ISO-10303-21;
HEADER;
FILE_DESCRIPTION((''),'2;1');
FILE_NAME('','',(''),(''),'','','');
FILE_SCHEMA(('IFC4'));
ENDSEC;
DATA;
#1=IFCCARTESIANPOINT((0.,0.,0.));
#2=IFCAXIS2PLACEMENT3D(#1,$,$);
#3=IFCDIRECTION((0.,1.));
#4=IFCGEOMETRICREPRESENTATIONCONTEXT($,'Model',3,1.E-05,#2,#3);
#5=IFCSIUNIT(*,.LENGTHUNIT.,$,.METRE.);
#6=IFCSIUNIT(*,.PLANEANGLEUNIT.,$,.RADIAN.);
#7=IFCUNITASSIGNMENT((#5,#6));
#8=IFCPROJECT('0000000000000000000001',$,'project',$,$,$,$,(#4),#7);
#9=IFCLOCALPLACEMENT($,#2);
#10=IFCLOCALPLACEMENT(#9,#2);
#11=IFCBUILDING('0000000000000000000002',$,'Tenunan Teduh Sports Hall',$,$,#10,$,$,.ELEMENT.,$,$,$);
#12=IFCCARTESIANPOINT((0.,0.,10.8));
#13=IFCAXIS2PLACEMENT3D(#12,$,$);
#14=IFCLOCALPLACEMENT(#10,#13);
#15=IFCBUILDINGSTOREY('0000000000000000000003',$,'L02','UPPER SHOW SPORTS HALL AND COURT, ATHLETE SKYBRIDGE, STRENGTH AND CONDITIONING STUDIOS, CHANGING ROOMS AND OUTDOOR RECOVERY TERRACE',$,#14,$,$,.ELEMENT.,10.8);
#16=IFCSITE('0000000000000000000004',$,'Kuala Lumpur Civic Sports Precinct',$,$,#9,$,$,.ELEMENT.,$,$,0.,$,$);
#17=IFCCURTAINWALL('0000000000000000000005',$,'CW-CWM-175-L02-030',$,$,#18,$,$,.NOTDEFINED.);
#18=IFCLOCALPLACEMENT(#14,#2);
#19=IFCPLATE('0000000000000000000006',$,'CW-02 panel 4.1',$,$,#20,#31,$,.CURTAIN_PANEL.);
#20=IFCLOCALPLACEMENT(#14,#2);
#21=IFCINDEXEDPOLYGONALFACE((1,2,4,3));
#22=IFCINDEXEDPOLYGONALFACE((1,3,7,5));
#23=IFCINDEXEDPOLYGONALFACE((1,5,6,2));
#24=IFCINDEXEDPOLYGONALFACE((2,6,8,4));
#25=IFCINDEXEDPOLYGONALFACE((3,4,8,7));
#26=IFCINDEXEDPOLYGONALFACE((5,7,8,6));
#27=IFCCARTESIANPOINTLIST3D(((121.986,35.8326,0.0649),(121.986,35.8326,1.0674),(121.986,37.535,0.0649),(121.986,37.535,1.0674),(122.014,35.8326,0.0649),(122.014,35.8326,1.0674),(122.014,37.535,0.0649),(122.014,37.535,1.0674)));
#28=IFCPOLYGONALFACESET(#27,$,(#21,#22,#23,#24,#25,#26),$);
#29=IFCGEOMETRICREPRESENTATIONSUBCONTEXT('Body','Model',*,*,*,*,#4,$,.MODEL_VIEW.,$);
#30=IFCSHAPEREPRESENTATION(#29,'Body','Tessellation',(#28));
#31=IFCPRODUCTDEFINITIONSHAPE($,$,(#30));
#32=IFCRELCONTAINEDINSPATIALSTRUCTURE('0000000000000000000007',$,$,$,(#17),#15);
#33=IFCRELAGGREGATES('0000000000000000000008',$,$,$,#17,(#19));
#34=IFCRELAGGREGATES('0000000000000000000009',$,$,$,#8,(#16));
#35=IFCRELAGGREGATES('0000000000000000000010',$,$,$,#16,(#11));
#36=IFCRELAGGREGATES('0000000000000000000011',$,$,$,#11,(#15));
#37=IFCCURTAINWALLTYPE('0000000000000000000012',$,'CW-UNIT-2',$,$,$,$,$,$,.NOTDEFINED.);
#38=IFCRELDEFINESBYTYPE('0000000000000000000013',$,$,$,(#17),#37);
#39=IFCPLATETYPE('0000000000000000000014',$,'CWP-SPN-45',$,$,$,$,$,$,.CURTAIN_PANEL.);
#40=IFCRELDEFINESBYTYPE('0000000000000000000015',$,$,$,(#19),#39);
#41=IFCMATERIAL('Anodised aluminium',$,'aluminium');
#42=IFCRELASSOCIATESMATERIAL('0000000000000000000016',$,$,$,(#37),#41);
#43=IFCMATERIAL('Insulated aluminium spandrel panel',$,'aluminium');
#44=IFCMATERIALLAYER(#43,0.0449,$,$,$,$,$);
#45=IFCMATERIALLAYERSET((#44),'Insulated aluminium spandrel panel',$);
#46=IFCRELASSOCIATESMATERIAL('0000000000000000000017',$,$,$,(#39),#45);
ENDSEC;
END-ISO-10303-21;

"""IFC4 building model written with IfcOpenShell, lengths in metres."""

from ifc_helpers import new_model, si_unit, direction, frame, origin, origin_2d, place, context, subcontext, project, spatial, rectangle, extrude, material, layer, layer_set, type_object, element, aggregate, save


model = new_model("IFC4")

# Units and contexts
model_context = context("Model", 3, precision=1e-05, world=origin(), true_north=direction((0.0, 1.0)))
body_context = subcontext(model_context, "Body", "Model", "MODEL_VIEW")
ifc_project = project(units=[si_unit("LENGTHUNIT", "METRE"), si_unit("PLANEANGLEUNIT", "RADIAN")], contexts=[model_context])

# Site, building, storey
site_placement = place(None, origin())
site = spatial("IfcSite", under=ifc_project, at=site_placement, Name="Kuala Lumpur Civic Sports Precinct", CompositionType="ELEMENT", RefElevation=0.0)
building_placement = place(site_placement, origin())
building = spatial("IfcBuilding", under=site, at=building_placement, Name="Tenunan Teduh Sports Hall", CompositionType="ELEMENT")
storey_placement = place(building_placement, frame((0.0, 0.0, 10.8)))
storey = spatial("IfcBuildingStorey", under=building, at=storey_placement, Name="L02", Description="UPPER SHOW SPORTS HALL AND COURT, ATHLETE SKYBRIDGE, STRENGTH AND CONDITIONING STUDIOS, CHANGING ROOMS AND OUTDOOR RECOVERY TERRACE", CompositionType="ELEMENT", Elevation=10.8)

# Curtain wall
ifc_material_1 = material(Name="Anodised aluminium", Category="aluminium")
curtain_wall_type = type_object("IfcCurtainWallType", Name="CW-UNIT-2", PredefinedType="NOTDEFINED", material=ifc_material_1)
curtain_wall_placement = place(storey_placement, origin())
curtain_wall = element("IfcCurtainWall", 1, at=curtain_wall_placement, inside=storey, type_object=curtain_wall_type, Name="CW-CWM-175-L02-030", PredefinedType="NOTDEFINED")

# Plate
ifc_material_2 = material(Name="Insulated aluminium spandrel panel", Category="aluminium")
ifc_layer_1 = layer(ifc_material_2, 0.0449)
ifc_layer_set_1 = layer_set([ifc_layer_1], Name="Insulated aluminium spandrel panel")
plate_type_1 = type_object("IfcPlateType", Name="CWP-SPN-45", PredefinedType="CURTAIN_PANEL", material=ifc_layer_set_1)
plate_1_placement = place(storey_placement, frame((122.0, 36.6838, 0.0649), z_axis=(0.0, 0.0, 1.0), x_axis=(0.0, 1.0, 0.0)))
plate_1 = element("IfcPlate", 2, at=plate_1_placement, type_object=plate_type_1, Name="CW-02 panel 4.1", PredefinedType="CURTAIN_PANEL", context=body_context, shape_type="SweptSolid", body=[
    extrude(rectangle(XDim=1.7024, YDim=0.0281, at=origin_2d()), origin(), (0.0, 0.0, 1.0), 1.0024),
])
aggregate(curtain_wall, [plate_1])

save(model, "model.ifc")
